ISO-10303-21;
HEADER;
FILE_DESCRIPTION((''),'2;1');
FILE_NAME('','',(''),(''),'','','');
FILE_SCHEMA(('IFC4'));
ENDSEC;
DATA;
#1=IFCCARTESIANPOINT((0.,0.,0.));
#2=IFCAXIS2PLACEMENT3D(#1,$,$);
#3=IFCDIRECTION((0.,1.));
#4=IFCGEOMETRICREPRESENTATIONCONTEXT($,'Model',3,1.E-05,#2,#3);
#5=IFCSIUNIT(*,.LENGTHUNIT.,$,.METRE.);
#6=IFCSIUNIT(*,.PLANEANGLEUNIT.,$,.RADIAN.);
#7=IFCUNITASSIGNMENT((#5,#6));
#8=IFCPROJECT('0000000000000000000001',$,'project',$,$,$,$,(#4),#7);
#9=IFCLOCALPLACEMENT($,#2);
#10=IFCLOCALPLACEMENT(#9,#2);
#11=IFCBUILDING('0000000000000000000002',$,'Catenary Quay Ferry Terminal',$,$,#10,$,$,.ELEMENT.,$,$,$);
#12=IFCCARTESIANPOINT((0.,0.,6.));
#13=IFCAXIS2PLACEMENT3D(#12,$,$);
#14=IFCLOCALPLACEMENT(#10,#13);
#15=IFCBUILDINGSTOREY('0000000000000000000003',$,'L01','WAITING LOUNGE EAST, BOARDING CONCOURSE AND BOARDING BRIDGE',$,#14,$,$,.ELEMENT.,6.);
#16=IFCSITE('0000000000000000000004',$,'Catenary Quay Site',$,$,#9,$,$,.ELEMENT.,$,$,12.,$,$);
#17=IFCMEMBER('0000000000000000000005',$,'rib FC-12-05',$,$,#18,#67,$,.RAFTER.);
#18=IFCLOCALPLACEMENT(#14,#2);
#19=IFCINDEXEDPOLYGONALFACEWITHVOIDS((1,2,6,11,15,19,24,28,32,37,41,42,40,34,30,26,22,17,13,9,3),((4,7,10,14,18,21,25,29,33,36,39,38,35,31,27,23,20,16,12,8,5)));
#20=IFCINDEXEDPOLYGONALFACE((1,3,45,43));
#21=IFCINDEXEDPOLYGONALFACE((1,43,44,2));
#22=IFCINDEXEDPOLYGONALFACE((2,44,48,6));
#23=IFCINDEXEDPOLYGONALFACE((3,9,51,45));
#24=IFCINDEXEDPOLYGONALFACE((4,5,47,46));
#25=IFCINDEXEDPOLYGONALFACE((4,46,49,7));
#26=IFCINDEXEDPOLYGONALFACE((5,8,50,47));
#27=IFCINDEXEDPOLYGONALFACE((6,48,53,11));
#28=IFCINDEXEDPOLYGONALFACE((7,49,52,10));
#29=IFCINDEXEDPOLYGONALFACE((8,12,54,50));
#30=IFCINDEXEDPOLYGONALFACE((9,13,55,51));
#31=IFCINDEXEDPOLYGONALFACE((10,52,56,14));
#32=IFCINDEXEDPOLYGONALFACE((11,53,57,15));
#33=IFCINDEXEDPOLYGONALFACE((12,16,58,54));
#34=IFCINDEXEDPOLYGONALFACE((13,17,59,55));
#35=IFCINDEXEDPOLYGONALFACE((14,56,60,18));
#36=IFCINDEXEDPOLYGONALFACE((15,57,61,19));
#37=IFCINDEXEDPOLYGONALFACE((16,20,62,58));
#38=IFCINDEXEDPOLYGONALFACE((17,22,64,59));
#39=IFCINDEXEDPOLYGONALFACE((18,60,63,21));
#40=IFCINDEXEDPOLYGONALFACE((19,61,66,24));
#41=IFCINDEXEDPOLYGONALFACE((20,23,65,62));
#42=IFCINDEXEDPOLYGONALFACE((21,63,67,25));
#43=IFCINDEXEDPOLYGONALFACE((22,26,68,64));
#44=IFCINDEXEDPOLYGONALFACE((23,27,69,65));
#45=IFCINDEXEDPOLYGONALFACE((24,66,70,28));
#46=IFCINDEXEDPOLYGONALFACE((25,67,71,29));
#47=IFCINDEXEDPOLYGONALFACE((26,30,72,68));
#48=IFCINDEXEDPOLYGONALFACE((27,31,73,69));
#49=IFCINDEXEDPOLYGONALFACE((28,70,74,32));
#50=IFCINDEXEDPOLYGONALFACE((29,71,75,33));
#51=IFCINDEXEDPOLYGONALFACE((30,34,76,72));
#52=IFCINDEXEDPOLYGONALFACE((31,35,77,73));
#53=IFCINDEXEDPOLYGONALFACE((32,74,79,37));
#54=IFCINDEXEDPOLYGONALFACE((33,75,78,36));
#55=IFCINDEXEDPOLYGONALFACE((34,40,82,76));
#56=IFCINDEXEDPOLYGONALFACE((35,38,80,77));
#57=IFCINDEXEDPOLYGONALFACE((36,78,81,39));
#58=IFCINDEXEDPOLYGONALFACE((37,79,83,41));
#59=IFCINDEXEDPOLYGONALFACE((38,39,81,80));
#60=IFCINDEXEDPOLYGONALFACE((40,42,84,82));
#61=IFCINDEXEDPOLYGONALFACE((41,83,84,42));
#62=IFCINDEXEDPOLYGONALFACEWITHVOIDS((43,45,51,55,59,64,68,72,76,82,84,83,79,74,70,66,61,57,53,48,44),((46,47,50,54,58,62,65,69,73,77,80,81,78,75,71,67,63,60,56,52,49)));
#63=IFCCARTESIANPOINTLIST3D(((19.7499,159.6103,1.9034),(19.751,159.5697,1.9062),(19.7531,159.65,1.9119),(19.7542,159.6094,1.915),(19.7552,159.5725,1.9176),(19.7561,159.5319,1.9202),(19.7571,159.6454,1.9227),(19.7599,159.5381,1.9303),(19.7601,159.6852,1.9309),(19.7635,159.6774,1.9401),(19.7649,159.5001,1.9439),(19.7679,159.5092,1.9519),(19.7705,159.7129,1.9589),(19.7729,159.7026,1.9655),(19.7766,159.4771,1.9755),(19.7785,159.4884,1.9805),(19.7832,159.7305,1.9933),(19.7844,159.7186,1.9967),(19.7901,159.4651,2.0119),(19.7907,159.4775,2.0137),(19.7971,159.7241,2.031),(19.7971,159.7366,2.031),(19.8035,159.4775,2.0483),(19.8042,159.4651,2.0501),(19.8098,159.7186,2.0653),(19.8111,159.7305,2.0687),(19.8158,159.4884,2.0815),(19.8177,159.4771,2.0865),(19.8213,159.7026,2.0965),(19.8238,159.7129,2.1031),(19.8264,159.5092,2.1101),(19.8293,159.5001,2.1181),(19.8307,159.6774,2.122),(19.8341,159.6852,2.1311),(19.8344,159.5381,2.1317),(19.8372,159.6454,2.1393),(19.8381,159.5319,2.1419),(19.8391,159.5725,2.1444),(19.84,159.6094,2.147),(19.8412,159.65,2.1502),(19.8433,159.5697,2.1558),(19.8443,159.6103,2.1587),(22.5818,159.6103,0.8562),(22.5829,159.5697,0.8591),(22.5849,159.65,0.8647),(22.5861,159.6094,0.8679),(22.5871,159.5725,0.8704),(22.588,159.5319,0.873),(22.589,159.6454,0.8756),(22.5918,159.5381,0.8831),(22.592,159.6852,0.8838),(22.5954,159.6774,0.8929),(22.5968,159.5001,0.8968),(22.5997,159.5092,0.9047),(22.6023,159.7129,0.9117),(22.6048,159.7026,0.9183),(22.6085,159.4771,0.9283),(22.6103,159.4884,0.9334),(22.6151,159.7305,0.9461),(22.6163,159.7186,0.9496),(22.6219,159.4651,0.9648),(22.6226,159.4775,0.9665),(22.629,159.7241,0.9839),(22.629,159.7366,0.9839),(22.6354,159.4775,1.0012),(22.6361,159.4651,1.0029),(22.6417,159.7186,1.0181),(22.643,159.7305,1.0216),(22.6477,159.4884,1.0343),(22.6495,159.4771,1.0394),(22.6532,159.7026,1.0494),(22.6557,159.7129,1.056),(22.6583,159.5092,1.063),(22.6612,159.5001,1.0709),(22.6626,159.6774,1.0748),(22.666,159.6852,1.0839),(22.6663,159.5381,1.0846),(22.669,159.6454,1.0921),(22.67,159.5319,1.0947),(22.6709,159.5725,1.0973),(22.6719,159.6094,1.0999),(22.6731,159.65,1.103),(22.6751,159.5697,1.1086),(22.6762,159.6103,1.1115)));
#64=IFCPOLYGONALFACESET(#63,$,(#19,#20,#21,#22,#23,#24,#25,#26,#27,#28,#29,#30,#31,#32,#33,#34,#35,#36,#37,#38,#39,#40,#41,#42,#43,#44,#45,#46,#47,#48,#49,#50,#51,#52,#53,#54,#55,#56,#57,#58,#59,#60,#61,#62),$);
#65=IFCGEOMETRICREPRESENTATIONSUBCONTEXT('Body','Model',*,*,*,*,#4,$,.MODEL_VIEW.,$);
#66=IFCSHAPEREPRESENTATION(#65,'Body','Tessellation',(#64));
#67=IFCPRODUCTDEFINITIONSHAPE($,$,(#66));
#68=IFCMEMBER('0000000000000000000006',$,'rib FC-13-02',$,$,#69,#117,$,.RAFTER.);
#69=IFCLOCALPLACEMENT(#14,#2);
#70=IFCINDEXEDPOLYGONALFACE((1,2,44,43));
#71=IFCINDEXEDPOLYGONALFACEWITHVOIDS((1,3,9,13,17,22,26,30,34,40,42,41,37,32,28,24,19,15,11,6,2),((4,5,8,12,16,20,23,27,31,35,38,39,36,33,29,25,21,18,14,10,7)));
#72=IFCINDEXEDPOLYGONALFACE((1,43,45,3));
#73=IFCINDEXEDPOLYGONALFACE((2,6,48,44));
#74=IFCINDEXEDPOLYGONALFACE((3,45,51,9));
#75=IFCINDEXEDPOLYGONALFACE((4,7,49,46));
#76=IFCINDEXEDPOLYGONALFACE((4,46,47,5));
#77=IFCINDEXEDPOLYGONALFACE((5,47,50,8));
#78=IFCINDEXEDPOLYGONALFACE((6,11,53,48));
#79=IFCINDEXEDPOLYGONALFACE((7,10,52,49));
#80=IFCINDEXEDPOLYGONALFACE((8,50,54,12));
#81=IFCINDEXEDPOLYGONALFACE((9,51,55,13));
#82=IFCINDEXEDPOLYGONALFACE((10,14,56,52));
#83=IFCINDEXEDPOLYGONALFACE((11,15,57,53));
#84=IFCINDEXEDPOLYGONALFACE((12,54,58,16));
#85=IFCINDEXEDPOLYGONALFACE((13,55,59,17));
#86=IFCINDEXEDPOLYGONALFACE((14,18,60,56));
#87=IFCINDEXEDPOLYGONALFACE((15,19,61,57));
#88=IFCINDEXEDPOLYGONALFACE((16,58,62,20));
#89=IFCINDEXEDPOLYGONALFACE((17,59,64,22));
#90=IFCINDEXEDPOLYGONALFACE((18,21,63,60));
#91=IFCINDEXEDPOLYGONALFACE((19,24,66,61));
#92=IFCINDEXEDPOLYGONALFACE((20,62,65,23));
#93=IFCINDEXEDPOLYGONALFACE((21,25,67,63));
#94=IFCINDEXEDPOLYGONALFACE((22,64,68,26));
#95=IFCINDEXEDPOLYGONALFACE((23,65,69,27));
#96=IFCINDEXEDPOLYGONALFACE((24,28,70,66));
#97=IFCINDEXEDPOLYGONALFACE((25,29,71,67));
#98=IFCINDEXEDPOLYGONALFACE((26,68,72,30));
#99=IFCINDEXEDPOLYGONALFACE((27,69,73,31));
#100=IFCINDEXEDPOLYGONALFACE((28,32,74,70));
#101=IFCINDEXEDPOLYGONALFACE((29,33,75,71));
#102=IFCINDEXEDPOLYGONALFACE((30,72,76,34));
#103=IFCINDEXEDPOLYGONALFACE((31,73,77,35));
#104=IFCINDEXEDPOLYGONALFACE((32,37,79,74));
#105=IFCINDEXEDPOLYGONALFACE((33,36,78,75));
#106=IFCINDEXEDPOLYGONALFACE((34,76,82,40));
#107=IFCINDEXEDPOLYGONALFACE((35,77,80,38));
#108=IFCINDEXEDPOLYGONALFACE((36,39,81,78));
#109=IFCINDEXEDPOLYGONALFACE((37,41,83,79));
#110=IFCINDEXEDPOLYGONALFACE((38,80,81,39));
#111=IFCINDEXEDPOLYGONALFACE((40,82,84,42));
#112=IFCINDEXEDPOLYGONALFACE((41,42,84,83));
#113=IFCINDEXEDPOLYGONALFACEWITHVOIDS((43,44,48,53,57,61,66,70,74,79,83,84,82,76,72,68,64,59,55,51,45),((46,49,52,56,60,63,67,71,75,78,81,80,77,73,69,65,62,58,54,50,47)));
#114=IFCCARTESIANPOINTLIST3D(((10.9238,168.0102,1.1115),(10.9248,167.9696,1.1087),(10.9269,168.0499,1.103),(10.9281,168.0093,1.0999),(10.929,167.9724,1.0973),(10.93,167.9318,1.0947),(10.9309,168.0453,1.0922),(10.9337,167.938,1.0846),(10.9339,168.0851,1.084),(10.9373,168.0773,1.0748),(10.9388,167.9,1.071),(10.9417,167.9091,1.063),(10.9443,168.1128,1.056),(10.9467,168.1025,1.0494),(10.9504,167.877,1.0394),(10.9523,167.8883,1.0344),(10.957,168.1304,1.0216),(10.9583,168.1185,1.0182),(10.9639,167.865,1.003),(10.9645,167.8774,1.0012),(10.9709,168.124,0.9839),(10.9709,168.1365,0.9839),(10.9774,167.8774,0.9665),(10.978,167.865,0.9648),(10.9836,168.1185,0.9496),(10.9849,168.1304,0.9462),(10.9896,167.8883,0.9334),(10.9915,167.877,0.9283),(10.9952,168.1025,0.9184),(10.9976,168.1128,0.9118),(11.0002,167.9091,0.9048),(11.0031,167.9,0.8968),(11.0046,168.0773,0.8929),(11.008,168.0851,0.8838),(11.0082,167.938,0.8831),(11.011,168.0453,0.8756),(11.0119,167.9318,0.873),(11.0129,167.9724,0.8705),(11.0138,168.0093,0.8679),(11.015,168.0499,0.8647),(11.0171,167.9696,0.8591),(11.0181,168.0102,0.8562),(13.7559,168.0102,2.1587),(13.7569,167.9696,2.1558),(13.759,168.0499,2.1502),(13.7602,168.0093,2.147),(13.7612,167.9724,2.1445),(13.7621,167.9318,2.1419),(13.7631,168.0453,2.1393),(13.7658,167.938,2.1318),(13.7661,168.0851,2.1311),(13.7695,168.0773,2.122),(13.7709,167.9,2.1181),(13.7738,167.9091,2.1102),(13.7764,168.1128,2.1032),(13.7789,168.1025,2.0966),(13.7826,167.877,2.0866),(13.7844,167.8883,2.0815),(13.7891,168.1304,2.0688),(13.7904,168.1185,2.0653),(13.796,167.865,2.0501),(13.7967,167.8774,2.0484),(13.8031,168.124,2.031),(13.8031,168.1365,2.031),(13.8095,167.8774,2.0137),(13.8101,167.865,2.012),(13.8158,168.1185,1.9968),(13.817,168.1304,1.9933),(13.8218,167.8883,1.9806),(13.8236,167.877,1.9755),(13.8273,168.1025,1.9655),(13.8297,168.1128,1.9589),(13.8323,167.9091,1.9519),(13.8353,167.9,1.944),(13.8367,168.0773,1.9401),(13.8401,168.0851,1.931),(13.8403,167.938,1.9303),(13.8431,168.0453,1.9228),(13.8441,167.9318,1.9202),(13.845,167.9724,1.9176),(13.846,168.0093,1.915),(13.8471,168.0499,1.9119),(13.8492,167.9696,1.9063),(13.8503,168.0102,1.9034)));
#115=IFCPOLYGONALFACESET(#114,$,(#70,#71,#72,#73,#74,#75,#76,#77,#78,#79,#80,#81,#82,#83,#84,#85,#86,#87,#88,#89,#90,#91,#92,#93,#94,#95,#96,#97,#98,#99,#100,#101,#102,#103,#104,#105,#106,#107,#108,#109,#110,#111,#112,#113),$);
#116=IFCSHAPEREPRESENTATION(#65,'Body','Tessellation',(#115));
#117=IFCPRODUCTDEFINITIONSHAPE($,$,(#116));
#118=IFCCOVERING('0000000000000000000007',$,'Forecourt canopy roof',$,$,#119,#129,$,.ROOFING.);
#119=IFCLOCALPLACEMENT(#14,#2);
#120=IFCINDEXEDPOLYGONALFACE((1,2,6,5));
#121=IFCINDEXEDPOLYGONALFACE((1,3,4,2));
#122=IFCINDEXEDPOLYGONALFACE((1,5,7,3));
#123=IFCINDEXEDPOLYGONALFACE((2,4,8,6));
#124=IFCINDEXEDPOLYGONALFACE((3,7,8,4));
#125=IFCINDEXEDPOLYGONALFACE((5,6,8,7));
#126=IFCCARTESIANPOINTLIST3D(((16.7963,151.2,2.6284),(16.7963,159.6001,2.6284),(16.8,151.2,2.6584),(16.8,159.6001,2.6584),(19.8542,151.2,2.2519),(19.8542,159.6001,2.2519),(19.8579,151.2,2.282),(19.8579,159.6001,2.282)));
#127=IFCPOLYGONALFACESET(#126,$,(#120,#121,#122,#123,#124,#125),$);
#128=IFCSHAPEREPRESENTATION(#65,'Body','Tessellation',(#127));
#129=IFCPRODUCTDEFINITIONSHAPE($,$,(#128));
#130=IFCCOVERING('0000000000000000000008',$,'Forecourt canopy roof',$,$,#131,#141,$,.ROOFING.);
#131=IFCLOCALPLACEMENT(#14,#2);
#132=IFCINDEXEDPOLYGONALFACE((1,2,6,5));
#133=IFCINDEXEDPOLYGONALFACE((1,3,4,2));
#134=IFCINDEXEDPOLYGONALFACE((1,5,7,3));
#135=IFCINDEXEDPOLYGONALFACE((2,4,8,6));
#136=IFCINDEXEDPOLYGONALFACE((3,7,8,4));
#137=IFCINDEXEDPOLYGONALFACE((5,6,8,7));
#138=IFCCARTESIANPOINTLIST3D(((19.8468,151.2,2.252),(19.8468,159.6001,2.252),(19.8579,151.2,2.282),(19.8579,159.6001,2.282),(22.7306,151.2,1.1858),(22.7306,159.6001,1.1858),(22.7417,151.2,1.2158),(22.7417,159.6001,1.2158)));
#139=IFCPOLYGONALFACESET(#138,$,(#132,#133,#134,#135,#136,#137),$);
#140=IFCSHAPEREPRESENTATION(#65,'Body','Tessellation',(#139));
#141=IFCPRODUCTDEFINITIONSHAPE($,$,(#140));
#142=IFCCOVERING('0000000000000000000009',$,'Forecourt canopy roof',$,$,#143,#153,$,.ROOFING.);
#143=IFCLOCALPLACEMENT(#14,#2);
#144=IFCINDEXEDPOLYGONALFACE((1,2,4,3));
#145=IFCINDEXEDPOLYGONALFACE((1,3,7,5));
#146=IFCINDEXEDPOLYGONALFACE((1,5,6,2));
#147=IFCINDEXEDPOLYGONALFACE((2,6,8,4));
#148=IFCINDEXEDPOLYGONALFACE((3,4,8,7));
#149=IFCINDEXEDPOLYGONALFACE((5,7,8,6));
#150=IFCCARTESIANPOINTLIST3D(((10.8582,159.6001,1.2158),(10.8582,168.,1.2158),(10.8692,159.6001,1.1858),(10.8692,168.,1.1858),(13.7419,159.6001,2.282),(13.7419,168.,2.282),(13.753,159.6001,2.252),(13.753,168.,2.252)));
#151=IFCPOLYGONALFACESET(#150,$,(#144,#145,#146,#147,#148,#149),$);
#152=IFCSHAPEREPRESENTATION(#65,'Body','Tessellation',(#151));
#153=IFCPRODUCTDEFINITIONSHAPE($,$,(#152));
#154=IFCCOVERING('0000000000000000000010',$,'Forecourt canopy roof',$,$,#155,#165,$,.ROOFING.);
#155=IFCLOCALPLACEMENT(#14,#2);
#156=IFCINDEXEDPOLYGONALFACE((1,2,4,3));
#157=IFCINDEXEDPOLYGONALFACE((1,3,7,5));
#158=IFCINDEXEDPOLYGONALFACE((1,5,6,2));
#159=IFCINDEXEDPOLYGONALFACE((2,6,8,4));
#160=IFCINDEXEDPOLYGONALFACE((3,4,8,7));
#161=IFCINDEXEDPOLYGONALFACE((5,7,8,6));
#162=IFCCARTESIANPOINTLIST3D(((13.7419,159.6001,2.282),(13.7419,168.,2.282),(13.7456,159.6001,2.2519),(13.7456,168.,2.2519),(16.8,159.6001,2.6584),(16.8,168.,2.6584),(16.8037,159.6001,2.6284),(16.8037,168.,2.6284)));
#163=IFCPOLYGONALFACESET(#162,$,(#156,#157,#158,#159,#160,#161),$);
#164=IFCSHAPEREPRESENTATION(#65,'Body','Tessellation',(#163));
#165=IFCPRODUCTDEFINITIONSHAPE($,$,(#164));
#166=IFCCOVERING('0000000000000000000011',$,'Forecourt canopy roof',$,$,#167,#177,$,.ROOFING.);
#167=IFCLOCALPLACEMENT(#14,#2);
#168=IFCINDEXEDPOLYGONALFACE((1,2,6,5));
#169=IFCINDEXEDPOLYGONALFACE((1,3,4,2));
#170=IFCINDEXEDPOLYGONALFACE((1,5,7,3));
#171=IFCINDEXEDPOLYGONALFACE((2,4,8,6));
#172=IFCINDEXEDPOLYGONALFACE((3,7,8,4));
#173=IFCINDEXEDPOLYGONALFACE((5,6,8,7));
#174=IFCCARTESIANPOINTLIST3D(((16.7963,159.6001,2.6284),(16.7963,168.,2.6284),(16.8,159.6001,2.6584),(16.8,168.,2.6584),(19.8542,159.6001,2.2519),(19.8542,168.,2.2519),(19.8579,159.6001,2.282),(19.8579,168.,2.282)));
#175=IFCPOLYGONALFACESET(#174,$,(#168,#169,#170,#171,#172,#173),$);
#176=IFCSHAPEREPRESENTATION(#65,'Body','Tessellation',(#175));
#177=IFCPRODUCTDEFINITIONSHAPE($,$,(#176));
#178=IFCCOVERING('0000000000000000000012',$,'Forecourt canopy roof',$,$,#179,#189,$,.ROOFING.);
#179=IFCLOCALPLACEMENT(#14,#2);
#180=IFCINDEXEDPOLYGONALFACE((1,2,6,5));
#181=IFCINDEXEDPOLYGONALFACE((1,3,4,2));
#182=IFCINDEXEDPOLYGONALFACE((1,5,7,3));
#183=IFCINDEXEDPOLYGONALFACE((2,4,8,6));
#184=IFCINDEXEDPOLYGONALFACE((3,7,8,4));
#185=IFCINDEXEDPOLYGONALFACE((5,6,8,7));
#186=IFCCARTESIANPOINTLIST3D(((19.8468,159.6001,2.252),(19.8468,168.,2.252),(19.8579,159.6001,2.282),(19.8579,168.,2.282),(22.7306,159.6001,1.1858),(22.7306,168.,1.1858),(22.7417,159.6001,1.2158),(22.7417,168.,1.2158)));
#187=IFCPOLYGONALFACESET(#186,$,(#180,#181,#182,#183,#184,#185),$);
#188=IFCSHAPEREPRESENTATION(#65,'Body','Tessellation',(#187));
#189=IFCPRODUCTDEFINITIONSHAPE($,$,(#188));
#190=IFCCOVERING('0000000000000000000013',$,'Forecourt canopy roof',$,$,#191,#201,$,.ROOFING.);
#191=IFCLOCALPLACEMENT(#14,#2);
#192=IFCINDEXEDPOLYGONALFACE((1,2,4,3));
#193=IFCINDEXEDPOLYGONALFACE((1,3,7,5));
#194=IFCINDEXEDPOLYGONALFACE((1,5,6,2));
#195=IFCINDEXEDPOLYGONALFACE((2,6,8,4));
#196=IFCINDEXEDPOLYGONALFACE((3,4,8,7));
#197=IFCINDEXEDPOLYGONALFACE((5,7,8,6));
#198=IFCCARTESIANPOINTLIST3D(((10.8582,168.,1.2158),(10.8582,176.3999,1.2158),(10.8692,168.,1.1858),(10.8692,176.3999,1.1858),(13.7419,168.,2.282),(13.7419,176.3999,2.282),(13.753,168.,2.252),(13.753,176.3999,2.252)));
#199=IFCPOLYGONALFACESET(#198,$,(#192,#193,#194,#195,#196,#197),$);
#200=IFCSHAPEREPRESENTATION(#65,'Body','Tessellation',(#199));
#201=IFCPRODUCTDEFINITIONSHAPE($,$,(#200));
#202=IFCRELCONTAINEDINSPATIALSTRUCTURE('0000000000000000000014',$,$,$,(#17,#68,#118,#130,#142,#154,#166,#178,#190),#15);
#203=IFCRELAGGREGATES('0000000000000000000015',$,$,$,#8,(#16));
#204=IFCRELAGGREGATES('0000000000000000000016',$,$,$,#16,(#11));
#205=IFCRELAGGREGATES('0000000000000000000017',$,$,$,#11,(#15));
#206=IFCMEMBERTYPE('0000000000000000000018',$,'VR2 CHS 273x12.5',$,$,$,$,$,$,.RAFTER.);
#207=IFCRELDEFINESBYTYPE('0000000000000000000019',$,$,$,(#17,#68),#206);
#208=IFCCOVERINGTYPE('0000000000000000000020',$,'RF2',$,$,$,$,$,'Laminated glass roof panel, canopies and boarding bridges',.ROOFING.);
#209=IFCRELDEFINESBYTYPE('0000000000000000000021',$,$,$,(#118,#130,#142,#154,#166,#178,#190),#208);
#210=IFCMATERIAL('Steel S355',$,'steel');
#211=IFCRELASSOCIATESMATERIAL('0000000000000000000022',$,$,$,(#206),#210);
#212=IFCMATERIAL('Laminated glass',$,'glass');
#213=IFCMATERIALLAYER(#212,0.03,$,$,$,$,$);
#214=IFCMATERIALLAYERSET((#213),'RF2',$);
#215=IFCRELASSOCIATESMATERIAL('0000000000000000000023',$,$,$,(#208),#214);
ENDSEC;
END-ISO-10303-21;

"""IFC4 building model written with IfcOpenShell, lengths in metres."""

from ifc_helpers import new_model, si_unit, direction, frame, origin, origin_2d, place, context, subcontext, project, spatial, polyline, hollow_circle, outline, extrude, material, layer, layer_set, material_profile, profile_set, type_object, element, save


model = new_model("IFC4")

# Units and contexts
model_context = context("Model", 3, precision=1e-05, world=origin(), true_north=direction((0.0, 1.0)))
body_context = subcontext(model_context, "Body", "Model", "MODEL_VIEW")
ifc_project = project(units=[si_unit("LENGTHUNIT", "METRE"), si_unit("PLANEANGLEUNIT", "RADIAN")], contexts=[model_context])

# Site, building, storey
site_placement = place(None, origin())
site = spatial("IfcSite", under=ifc_project, at=site_placement, Name="Catenary Quay Site", CompositionType="ELEMENT", RefElevation=12.0)
building_placement = place(site_placement, origin())
building = spatial("IfcBuilding", under=site, at=building_placement, Name="Catenary Quay Ferry Terminal", CompositionType="ELEMENT")
storey_placement = place(building_placement, frame((0.0, 0.0, 6.0)))
storey = spatial("IfcBuildingStorey", under=building, at=storey_placement, Name="L01", Description="WAITING LOUNGE EAST, BOARDING CONCOURSE AND BOARDING BRIDGE", CompositionType="ELEMENT", Elevation=6.0)

# Members
ifc_material_1 = material(Name="Steel S355", Category="steel")
ifc_material_profile_1 = material_profile(ifc_material_1, hollow_circle(Radius=0.1365, WallThickness=0.0125, at=origin_2d()), Name="CHS 273x12.5")
ifc_profile_set_1 = profile_set([ifc_material_profile_1], Name="Steel S355")
member_type_1 = type_object("IfcMemberType", Name="VR2 CHS 273x12.5", PredefinedType="RAFTER", material=ifc_profile_set_1)
member_1_placement = place(storey_placement, frame((19.7971, 159.6001, 2.031), z_axis=(0.937931, 0.0, -0.346822), x_axis=(0.0, 1.0, 0.0)))
element("IfcMember", 1, at=member_1_placement, inside=storey, type_object=member_type_1, Name="rib FC-12-05", PredefinedType="RAFTER", context=body_context, shape_type="SweptSolid", body=[
    extrude(hollow_circle(Radius=0.1365, WallThickness=0.0125, at=origin_2d()), origin(), (0.0, 0.0, 1.0), 3.0193),
])
member_2_placement = place(storey_placement, frame((10.9709, 168.0, 0.9839), z_axis=(0.937941, 0.0, 0.346796), x_axis=(0.0, 1.0, 0.0)))
element("IfcMember", 2, at=member_2_placement, inside=storey, type_object=member_type_1, Name="rib FC-13-02", PredefinedType="RAFTER", context=body_context, shape_type="SweptSolid", body=[
    extrude(hollow_circle(Radius=0.1365, WallThickness=0.0125, at=origin_2d()), origin(), (0.0, 0.0, 1.0), 3.0195),
])

# Coverings
ifc_material_2 = material(Name="Laminated glass", Category="glass")
ifc_layer = layer(ifc_material_2, 0.03)
ifc_layer_set = layer_set([ifc_layer], Name="RF2")
covering_type = type_object("IfcCoveringType", Name="RF2", ElementType="Laminated glass roof panel, canopies and boarding bridges", PredefinedType="ROOFING", material=ifc_layer_set)
covering_1_placement = place(storey_placement, frame((16.8, 151.2, 2.6584), z_axis=(0.122191, 0.0, 0.992507), x_axis=(0.0, 1.0, 0.0)))
element("IfcCovering", 3, at=covering_1_placement, inside=storey, type_object=covering_type, Name="Forecourt canopy roof", PredefinedType="ROOFING", context=body_context, shape_type="SweptSolid", body=[
    extrude(outline(polyline([(0.0, 0.0), (8.4001, 0.0), (8.4001, -3.0809), (0.0, -3.0809), (0.0, 0.0)])), origin(), (0.0, 0.0, -1.0), 0.0303),
])
covering_2_placement = place(storey_placement, frame((19.8579, 151.2, 2.282), z_axis=(0.346769, 0.0, 0.937951), x_axis=(0.0, 1.0, 0.0)))
element("IfcCovering", 4, at=covering_2_placement, inside=storey, type_object=covering_type, Name="Forecourt canopy roof", PredefinedType="ROOFING", context=body_context, shape_type="SweptSolid", body=[
    extrude(outline(polyline([(0.0, 0.0), (8.4001, 0.0), (8.4001, -3.0746), (0.0, -3.0746), (0.0, 0.0)])), origin(), (0.0, 0.0, -1.0), 0.032),
])
covering_3_placement = place(storey_placement, frame((10.8582, 159.6001, 1.2158), z_axis=(-0.346769, 0.0, 0.937951), x_axis=(0.0, 1.0, 0.0)))
element("IfcCovering", 5, at=covering_3_placement, inside=storey, type_object=covering_type, Name="Forecourt canopy roof", PredefinedType="ROOFING", context=body_context, shape_type="SweptSolid", body=[
    extrude(outline(polyline([(0.0, 0.0), (8.3999, 0.0), (8.3999, -3.0746), (0.0, -3.0746), (0.0, 0.0)])), origin(), (0.0, 0.0, -1.0), 0.032),
])
covering_4_placement = place(storey_placement, frame((13.7419, 159.6001, 2.282), z_axis=(-0.122182, 0.0, 0.992508), x_axis=(0.0, 1.0, 0.0)))
element("IfcCovering", 6, at=covering_4_placement, inside=storey, type_object=covering_type, Name="Forecourt canopy roof", PredefinedType="ROOFING", context=body_context, shape_type="SweptSolid", body=[
    extrude(outline(polyline([(0.0, 0.0), (8.3999, 0.0), (8.3999, -3.0812), (0.0, -3.0812), (0.0, 0.0)])), origin(), (0.0, 0.0, -1.0), 0.0303),
])
covering_5_placement = place(storey_placement, frame((16.8, 159.6001, 2.6584), z_axis=(0.122191, 0.0, 0.992507), x_axis=(0.0, 1.0, 0.0)))
element("IfcCovering", 7, at=covering_5_placement, inside=storey, type_object=covering_type, Name="Forecourt canopy roof", PredefinedType="ROOFING", context=body_context, shape_type="SweptSolid", body=[
    extrude(outline(polyline([(0.0, 0.0), (8.3999, 0.0), (8.3999, -3.0809), (0.0, -3.0809), (0.0, 0.0)])), origin(), (0.0, 0.0, -1.0), 0.0303),
])
for number, where, z_axis, x_axis, name in (
    (8, (19.8579, 159.6001, 2.282), (0.346769, 0.0, 0.937951), (0.0, 1.0, 0.0), "Forecourt canopy roof"),
    (9, (10.8582, 168.0, 1.2158), (-0.346769, 0.0, 0.937951), (0.0, 1.0, 0.0), "Forecourt canopy roof"),
):
    element("IfcCovering", number, at=place(storey_placement, frame(where, z_axis=z_axis, x_axis=x_axis)), inside=storey, type_object=covering_type, Name=name, PredefinedType="ROOFING", context=body_context, shape_type="SweptSolid", body=[
        extrude(outline(polyline([(0.0, 0.0), (8.3999, 0.0), (8.3999, -3.0746), (0.0, -3.0746), (0.0, 0.0)])), origin(), (0.0, 0.0, -1.0), 0.032),
    ])

save(model, "model.ifc")
